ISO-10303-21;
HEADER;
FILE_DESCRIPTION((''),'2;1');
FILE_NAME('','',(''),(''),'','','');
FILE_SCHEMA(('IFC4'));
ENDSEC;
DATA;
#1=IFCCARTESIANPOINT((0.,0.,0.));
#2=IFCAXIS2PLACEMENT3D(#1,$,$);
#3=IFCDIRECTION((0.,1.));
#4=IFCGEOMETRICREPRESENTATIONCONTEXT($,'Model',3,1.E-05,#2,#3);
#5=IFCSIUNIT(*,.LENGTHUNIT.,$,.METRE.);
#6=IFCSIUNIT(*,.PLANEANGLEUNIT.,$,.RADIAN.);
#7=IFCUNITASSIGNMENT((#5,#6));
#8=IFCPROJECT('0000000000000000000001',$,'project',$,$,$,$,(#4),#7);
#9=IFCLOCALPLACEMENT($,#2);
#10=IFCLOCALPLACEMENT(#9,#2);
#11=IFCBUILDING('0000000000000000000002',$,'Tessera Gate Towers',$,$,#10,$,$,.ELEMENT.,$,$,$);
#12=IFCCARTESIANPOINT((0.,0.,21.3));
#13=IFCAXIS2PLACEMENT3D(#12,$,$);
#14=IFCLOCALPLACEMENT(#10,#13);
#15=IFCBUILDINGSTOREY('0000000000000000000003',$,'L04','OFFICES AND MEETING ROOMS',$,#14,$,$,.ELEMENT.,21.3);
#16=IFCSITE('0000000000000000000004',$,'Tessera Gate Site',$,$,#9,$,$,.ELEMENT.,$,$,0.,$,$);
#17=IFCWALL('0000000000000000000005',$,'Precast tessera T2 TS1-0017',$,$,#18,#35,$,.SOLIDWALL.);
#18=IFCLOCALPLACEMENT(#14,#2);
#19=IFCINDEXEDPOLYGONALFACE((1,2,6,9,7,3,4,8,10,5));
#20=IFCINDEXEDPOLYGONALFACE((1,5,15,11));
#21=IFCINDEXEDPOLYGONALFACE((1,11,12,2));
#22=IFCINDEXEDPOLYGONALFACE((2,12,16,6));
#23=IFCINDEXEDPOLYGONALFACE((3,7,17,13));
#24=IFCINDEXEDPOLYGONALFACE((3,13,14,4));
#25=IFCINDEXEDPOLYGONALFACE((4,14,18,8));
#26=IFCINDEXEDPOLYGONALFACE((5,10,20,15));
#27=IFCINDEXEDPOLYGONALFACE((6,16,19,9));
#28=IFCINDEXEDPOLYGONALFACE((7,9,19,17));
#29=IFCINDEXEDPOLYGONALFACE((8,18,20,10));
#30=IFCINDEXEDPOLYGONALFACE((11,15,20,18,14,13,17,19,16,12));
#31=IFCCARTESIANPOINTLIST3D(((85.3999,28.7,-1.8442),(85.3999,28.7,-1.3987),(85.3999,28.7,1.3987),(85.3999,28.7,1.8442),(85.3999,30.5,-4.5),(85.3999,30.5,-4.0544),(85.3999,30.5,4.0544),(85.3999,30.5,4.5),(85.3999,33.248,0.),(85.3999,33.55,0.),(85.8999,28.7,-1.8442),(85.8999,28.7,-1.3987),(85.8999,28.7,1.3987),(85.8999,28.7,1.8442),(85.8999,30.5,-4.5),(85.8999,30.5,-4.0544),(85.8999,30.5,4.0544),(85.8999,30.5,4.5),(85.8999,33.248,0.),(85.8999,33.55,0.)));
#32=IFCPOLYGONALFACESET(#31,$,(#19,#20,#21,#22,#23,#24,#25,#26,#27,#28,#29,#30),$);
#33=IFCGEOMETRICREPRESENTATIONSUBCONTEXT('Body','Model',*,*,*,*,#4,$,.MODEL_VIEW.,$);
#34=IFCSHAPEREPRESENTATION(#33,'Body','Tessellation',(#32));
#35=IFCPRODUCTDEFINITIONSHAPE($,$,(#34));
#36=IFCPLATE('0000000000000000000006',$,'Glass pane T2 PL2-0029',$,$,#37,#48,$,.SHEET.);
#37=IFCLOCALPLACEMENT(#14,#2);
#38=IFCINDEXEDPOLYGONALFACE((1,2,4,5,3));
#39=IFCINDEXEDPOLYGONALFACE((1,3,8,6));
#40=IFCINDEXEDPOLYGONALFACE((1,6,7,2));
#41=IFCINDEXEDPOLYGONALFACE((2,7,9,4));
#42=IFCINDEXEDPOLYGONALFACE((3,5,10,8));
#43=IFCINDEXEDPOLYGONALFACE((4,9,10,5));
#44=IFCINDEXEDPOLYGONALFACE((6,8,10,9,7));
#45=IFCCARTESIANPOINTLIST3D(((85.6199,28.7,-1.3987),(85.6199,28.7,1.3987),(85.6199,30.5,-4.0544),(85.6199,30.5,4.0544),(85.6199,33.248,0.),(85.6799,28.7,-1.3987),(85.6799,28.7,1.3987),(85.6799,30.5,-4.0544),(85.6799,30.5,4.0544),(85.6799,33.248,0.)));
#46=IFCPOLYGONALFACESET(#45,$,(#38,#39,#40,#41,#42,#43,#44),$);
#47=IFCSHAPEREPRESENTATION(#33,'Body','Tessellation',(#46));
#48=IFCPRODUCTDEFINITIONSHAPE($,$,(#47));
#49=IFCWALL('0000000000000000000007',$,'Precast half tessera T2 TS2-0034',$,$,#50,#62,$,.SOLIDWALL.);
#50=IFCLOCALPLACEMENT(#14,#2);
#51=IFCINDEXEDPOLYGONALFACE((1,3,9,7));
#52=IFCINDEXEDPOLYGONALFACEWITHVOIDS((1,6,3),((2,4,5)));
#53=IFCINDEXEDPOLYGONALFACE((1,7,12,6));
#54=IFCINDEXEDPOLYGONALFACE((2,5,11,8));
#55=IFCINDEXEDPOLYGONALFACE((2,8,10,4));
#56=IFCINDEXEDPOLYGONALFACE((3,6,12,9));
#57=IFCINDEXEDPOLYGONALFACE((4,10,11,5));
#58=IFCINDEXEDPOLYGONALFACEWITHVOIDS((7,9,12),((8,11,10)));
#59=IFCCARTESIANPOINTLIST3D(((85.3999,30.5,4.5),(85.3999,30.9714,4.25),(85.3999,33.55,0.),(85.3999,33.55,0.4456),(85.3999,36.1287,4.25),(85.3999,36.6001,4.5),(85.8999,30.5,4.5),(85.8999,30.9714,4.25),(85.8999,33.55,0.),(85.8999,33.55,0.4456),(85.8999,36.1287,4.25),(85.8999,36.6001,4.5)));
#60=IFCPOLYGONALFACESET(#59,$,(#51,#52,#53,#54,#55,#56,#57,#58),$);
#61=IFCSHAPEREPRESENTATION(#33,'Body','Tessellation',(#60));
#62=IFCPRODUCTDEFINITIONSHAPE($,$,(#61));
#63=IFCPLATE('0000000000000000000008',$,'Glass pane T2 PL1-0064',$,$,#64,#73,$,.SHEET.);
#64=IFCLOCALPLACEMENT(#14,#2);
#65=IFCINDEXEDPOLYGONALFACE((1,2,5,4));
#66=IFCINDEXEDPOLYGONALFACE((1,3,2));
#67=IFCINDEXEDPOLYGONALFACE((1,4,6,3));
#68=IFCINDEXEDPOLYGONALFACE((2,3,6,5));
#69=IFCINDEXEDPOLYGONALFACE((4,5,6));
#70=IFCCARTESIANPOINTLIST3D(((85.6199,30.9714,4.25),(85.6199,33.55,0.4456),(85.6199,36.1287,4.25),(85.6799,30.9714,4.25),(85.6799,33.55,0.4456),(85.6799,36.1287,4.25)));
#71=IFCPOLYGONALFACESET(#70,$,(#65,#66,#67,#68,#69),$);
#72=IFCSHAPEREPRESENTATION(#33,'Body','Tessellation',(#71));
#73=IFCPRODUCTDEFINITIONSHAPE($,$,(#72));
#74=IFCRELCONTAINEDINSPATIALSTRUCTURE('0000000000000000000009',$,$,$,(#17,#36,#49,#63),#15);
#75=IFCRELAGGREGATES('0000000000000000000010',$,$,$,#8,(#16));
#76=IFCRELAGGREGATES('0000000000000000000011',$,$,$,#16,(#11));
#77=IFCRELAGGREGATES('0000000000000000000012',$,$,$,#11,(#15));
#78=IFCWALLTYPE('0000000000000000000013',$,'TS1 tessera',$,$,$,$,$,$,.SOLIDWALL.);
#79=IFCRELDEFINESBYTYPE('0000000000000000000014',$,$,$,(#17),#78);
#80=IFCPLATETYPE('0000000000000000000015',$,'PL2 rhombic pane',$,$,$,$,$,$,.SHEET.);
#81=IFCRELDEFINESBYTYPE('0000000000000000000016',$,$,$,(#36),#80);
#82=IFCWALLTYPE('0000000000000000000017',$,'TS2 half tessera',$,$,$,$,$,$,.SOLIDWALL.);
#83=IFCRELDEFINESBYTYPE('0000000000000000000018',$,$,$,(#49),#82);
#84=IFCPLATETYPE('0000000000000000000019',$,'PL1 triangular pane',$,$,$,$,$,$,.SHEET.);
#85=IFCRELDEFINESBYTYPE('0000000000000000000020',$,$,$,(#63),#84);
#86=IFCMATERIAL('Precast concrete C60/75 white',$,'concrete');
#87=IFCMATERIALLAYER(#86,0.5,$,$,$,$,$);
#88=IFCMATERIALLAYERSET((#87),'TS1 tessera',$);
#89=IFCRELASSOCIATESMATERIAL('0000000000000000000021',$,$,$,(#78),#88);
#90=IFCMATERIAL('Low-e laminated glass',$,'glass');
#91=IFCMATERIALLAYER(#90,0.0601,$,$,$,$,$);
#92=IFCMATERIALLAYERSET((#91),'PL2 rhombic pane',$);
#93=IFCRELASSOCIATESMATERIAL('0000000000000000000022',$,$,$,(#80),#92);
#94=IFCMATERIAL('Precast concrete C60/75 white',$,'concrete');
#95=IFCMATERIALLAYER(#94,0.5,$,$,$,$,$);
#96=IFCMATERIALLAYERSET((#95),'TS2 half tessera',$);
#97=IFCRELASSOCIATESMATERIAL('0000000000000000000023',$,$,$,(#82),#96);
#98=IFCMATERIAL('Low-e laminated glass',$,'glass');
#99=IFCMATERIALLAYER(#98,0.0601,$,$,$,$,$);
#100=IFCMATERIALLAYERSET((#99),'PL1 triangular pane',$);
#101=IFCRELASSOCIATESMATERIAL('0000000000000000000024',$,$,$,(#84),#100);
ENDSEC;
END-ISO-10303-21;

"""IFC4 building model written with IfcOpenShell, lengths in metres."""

from ifc_helpers import new_model, si_unit, direction, frame, origin, place, context, subcontext, project, spatial, polyline, outline, extrude, source, transform, mapped, material, layer, layer_set, type_object, element, fill, save


model = new_model("IFC4")

# Units and contexts
model_context = context("Model", 3, precision=1e-05, world=origin(), true_north=direction((0.0, 1.0)))
body_context = subcontext(model_context, "Body", "Model", "MODEL_VIEW")
ifc_project = project(units=[si_unit("LENGTHUNIT", "METRE"), si_unit("PLANEANGLEUNIT", "RADIAN")], contexts=[model_context])

# Site, building, storey
site_placement = place(None, origin())
site = spatial("IfcSite", under=ifc_project, at=site_placement, Name="Tessera Gate Site", CompositionType="ELEMENT", RefElevation=0.0)
building_placement = place(site_placement, origin())
building = spatial("IfcBuilding", under=site, at=building_placement, Name="Tessera Gate Towers", CompositionType="ELEMENT")
storey_placement = place(building_placement, frame((0.0, 0.0, 21.3)))
storey = spatial("IfcBuildingStorey", under=building, at=storey_placement, Name="L04", Description="OFFICES AND MEETING ROOMS", CompositionType="ELEMENT", Elevation=21.3)

# Walls, openings, plates
ifc_material_1 = material(Name="Precast concrete C60/75 white", Category="concrete")
ifc_layer_1 = layer(ifc_material_1, 0.5)
ifc_layer_set_1 = layer_set([ifc_layer_1], Name="TS1 tessera")
wall_type_1 = type_object("IfcWallType", Name="TS1 tessera", PredefinedType="SOLIDWALL", material=ifc_layer_set_1)
shared_shape_1 = source(origin(), body_context, "Body", "SweptSolid", [
    extrude(outline(polyline([(3.05, 0.0), (4.8501, 2.6558), (4.8501, 6.3442), (3.05, 9.0), (0.0, 4.5), (3.05, 0.0)])), frame((0.0, 0.25, 0.0), z_axis=(0.0, -1.0, 0.0), x_axis=(1.0, 0.0, 0.0)), (0.0, 0.0, 1.0), 0.5),
])
wall_1_placement = place(storey_placement, frame((85.6499, 33.55, -4.5), z_axis=(0.0, 0.0, 1.0), x_axis=(0.0, -1.0, 0.0)))
wall_1 = element("IfcWall", 1, at=wall_1_placement, inside=storey, type_object=wall_type_1, Name="Precast tessera T2 TS1-0017", PredefinedType="SOLIDWALL", context=body_context, shape_type="MappedRepresentation", body=[
    mapped(shared_shape_1, transform((0.0, 0.0, 0.0), scale=1.0)),
])
shared_shape_2 = source(origin(), body_context, "Body", "SweptSolid", [
    extrude(outline(polyline([(3.05, 0.4456), (4.8501, 3.1013), (4.8501, 5.8987), (3.05, 8.5544), (0.302, 4.5), (3.05, 0.4456)])), frame((0.0, 0.26, 0.0), z_axis=(0.0, -1.0, 0.0), x_axis=(1.0, 0.0, 0.0)), (0.0, 0.0, 1.0), 0.52),
])
opening_1_placement = place(wall_1_placement, origin())
opening_1 = element("IfcOpeningElement", 2, at=opening_1_placement, cuts=wall_1, PredefinedType="OPENING", context=body_context, shape_type="MappedRepresentation", body=[
    mapped(shared_shape_2, transform((0.0, 0.0, 0.0), scale=1.0)),
])
ifc_material_2 = material(Name="Low-e laminated glass", Category="glass")
ifc_layer_2 = layer(ifc_material_2, 0.0601)
ifc_layer_set_2 = layer_set([ifc_layer_2], Name="PL2 rhombic pane")
plate_type_1 = type_object("IfcPlateType", Name="PL2 rhombic pane", PredefinedType="SHEET", material=ifc_layer_set_2)
shared_shape_3 = source(origin(), body_context, "Body", "SweptSolid", [
    extrude(outline(polyline([(3.05, 0.4456), (4.8501, 3.1013), (4.8501, 5.8987), (3.05, 8.5544), (0.302, 4.5), (3.05, 0.4456)])), frame((0.0, 0.03, 0.0), z_axis=(0.0, -1.0, 0.0), x_axis=(1.0, 0.0, 0.0)), (0.0, 0.0, 1.0), 0.0601),
])
plate_1_placement = place(opening_1_placement, origin())
plate_1 = element("IfcPlate", 3, at=plate_1_placement, inside=storey, type_object=plate_type_1, Name="Glass pane T2 PL2-0029", PredefinedType="SHEET", context=body_context, shape_type="MappedRepresentation", body=[
    mapped(shared_shape_3, transform((0.0, 0.0, 0.0), scale=1.0)),
])
fill(opening_1, plate_1)
ifc_material_3 = material(Name="Precast concrete C60/75 white", Category="concrete")
ifc_layer_3 = layer(ifc_material_3, 0.5)
ifc_layer_set_3 = layer_set([ifc_layer_3], Name="TS2 half tessera")
wall_type_2 = type_object("IfcWallType", Name="TS2 half tessera", PredefinedType="SOLIDWALL", material=ifc_layer_set_3)
shared_shape_4 = source(origin(), body_context, "Body", "SweptSolid", [
    extrude(outline(polyline([(3.05, 0.0), (6.1001, 4.5), (0.0, 4.5), (3.05, 0.0)])), frame((0.0, 0.25, 0.0), z_axis=(0.0, -1.0, 0.0), x_axis=(1.0, 0.0, 0.0)), (0.0, 0.0, 1.0), 0.5),
])
wall_2_placement = place(storey_placement, frame((85.6499, 36.6001, 0.0), z_axis=(0.0, 0.0, 1.0), x_axis=(0.0, -1.0, 0.0)))
wall_2 = element("IfcWall", 4, at=wall_2_placement, inside=storey, type_object=wall_type_2, Name="Precast half tessera T2 TS2-0034", PredefinedType="SOLIDWALL", context=body_context, shape_type="MappedRepresentation", body=[
    mapped(shared_shape_4, transform((0.0, 0.0, 0.0), scale=1.0)),
])
shared_shape_5 = source(origin(), body_context, "Body", "SweptSolid", [
    extrude(outline(polyline([(3.05, 0.4456), (5.6287, 4.25), (0.4714, 4.25), (3.05, 0.4456)])), frame((0.0, 0.26, 0.0), z_axis=(0.0, -1.0, 0.0), x_axis=(1.0, 0.0, 0.0)), (0.0, 0.0, 1.0), 0.52),
])
opening_2_placement = place(wall_2_placement, origin())
opening_2 = element("IfcOpeningElement", 5, at=opening_2_placement, cuts=wall_2, PredefinedType="OPENING", context=body_context, shape_type="MappedRepresentation", body=[
    mapped(shared_shape_5, transform((0.0, 0.0, 0.0), scale=1.0)),
])
ifc_material_4 = material(Name="Low-e laminated glass", Category="glass")
ifc_layer_4 = layer(ifc_material_4, 0.0601)
ifc_layer_set_4 = layer_set([ifc_layer_4], Name="PL1 triangular pane")
plate_type_2 = type_object("IfcPlateType", Name="PL1 triangular pane", PredefinedType="SHEET", material=ifc_layer_set_4)
shared_shape_6 = source(origin(), body_context, "Body", "SweptSolid", [
    extrude(outline(polyline([(3.05, 0.4456), (5.6287, 4.25), (0.4714, 4.25), (3.05, 0.4456)])), frame((0.0, 0.03, 0.0), z_axis=(0.0, -1.0, 0.0), x_axis=(1.0, 0.0, 0.0)), (0.0, 0.0, 1.0), 0.0601),
])
plate_2_placement = place(opening_2_placement, origin())
plate_2 = element("IfcPlate", 6, at=plate_2_placement, inside=storey, type_object=plate_type_2, Name="Glass pane T2 PL1-0064", PredefinedType="SHEET", context=body_context, shape_type="MappedRepresentation", body=[
    mapped(shared_shape_6, transform((0.0, 0.0, 0.0), scale=1.0)),
])
fill(opening_2, plate_2)

save(model, "model.ifc")
